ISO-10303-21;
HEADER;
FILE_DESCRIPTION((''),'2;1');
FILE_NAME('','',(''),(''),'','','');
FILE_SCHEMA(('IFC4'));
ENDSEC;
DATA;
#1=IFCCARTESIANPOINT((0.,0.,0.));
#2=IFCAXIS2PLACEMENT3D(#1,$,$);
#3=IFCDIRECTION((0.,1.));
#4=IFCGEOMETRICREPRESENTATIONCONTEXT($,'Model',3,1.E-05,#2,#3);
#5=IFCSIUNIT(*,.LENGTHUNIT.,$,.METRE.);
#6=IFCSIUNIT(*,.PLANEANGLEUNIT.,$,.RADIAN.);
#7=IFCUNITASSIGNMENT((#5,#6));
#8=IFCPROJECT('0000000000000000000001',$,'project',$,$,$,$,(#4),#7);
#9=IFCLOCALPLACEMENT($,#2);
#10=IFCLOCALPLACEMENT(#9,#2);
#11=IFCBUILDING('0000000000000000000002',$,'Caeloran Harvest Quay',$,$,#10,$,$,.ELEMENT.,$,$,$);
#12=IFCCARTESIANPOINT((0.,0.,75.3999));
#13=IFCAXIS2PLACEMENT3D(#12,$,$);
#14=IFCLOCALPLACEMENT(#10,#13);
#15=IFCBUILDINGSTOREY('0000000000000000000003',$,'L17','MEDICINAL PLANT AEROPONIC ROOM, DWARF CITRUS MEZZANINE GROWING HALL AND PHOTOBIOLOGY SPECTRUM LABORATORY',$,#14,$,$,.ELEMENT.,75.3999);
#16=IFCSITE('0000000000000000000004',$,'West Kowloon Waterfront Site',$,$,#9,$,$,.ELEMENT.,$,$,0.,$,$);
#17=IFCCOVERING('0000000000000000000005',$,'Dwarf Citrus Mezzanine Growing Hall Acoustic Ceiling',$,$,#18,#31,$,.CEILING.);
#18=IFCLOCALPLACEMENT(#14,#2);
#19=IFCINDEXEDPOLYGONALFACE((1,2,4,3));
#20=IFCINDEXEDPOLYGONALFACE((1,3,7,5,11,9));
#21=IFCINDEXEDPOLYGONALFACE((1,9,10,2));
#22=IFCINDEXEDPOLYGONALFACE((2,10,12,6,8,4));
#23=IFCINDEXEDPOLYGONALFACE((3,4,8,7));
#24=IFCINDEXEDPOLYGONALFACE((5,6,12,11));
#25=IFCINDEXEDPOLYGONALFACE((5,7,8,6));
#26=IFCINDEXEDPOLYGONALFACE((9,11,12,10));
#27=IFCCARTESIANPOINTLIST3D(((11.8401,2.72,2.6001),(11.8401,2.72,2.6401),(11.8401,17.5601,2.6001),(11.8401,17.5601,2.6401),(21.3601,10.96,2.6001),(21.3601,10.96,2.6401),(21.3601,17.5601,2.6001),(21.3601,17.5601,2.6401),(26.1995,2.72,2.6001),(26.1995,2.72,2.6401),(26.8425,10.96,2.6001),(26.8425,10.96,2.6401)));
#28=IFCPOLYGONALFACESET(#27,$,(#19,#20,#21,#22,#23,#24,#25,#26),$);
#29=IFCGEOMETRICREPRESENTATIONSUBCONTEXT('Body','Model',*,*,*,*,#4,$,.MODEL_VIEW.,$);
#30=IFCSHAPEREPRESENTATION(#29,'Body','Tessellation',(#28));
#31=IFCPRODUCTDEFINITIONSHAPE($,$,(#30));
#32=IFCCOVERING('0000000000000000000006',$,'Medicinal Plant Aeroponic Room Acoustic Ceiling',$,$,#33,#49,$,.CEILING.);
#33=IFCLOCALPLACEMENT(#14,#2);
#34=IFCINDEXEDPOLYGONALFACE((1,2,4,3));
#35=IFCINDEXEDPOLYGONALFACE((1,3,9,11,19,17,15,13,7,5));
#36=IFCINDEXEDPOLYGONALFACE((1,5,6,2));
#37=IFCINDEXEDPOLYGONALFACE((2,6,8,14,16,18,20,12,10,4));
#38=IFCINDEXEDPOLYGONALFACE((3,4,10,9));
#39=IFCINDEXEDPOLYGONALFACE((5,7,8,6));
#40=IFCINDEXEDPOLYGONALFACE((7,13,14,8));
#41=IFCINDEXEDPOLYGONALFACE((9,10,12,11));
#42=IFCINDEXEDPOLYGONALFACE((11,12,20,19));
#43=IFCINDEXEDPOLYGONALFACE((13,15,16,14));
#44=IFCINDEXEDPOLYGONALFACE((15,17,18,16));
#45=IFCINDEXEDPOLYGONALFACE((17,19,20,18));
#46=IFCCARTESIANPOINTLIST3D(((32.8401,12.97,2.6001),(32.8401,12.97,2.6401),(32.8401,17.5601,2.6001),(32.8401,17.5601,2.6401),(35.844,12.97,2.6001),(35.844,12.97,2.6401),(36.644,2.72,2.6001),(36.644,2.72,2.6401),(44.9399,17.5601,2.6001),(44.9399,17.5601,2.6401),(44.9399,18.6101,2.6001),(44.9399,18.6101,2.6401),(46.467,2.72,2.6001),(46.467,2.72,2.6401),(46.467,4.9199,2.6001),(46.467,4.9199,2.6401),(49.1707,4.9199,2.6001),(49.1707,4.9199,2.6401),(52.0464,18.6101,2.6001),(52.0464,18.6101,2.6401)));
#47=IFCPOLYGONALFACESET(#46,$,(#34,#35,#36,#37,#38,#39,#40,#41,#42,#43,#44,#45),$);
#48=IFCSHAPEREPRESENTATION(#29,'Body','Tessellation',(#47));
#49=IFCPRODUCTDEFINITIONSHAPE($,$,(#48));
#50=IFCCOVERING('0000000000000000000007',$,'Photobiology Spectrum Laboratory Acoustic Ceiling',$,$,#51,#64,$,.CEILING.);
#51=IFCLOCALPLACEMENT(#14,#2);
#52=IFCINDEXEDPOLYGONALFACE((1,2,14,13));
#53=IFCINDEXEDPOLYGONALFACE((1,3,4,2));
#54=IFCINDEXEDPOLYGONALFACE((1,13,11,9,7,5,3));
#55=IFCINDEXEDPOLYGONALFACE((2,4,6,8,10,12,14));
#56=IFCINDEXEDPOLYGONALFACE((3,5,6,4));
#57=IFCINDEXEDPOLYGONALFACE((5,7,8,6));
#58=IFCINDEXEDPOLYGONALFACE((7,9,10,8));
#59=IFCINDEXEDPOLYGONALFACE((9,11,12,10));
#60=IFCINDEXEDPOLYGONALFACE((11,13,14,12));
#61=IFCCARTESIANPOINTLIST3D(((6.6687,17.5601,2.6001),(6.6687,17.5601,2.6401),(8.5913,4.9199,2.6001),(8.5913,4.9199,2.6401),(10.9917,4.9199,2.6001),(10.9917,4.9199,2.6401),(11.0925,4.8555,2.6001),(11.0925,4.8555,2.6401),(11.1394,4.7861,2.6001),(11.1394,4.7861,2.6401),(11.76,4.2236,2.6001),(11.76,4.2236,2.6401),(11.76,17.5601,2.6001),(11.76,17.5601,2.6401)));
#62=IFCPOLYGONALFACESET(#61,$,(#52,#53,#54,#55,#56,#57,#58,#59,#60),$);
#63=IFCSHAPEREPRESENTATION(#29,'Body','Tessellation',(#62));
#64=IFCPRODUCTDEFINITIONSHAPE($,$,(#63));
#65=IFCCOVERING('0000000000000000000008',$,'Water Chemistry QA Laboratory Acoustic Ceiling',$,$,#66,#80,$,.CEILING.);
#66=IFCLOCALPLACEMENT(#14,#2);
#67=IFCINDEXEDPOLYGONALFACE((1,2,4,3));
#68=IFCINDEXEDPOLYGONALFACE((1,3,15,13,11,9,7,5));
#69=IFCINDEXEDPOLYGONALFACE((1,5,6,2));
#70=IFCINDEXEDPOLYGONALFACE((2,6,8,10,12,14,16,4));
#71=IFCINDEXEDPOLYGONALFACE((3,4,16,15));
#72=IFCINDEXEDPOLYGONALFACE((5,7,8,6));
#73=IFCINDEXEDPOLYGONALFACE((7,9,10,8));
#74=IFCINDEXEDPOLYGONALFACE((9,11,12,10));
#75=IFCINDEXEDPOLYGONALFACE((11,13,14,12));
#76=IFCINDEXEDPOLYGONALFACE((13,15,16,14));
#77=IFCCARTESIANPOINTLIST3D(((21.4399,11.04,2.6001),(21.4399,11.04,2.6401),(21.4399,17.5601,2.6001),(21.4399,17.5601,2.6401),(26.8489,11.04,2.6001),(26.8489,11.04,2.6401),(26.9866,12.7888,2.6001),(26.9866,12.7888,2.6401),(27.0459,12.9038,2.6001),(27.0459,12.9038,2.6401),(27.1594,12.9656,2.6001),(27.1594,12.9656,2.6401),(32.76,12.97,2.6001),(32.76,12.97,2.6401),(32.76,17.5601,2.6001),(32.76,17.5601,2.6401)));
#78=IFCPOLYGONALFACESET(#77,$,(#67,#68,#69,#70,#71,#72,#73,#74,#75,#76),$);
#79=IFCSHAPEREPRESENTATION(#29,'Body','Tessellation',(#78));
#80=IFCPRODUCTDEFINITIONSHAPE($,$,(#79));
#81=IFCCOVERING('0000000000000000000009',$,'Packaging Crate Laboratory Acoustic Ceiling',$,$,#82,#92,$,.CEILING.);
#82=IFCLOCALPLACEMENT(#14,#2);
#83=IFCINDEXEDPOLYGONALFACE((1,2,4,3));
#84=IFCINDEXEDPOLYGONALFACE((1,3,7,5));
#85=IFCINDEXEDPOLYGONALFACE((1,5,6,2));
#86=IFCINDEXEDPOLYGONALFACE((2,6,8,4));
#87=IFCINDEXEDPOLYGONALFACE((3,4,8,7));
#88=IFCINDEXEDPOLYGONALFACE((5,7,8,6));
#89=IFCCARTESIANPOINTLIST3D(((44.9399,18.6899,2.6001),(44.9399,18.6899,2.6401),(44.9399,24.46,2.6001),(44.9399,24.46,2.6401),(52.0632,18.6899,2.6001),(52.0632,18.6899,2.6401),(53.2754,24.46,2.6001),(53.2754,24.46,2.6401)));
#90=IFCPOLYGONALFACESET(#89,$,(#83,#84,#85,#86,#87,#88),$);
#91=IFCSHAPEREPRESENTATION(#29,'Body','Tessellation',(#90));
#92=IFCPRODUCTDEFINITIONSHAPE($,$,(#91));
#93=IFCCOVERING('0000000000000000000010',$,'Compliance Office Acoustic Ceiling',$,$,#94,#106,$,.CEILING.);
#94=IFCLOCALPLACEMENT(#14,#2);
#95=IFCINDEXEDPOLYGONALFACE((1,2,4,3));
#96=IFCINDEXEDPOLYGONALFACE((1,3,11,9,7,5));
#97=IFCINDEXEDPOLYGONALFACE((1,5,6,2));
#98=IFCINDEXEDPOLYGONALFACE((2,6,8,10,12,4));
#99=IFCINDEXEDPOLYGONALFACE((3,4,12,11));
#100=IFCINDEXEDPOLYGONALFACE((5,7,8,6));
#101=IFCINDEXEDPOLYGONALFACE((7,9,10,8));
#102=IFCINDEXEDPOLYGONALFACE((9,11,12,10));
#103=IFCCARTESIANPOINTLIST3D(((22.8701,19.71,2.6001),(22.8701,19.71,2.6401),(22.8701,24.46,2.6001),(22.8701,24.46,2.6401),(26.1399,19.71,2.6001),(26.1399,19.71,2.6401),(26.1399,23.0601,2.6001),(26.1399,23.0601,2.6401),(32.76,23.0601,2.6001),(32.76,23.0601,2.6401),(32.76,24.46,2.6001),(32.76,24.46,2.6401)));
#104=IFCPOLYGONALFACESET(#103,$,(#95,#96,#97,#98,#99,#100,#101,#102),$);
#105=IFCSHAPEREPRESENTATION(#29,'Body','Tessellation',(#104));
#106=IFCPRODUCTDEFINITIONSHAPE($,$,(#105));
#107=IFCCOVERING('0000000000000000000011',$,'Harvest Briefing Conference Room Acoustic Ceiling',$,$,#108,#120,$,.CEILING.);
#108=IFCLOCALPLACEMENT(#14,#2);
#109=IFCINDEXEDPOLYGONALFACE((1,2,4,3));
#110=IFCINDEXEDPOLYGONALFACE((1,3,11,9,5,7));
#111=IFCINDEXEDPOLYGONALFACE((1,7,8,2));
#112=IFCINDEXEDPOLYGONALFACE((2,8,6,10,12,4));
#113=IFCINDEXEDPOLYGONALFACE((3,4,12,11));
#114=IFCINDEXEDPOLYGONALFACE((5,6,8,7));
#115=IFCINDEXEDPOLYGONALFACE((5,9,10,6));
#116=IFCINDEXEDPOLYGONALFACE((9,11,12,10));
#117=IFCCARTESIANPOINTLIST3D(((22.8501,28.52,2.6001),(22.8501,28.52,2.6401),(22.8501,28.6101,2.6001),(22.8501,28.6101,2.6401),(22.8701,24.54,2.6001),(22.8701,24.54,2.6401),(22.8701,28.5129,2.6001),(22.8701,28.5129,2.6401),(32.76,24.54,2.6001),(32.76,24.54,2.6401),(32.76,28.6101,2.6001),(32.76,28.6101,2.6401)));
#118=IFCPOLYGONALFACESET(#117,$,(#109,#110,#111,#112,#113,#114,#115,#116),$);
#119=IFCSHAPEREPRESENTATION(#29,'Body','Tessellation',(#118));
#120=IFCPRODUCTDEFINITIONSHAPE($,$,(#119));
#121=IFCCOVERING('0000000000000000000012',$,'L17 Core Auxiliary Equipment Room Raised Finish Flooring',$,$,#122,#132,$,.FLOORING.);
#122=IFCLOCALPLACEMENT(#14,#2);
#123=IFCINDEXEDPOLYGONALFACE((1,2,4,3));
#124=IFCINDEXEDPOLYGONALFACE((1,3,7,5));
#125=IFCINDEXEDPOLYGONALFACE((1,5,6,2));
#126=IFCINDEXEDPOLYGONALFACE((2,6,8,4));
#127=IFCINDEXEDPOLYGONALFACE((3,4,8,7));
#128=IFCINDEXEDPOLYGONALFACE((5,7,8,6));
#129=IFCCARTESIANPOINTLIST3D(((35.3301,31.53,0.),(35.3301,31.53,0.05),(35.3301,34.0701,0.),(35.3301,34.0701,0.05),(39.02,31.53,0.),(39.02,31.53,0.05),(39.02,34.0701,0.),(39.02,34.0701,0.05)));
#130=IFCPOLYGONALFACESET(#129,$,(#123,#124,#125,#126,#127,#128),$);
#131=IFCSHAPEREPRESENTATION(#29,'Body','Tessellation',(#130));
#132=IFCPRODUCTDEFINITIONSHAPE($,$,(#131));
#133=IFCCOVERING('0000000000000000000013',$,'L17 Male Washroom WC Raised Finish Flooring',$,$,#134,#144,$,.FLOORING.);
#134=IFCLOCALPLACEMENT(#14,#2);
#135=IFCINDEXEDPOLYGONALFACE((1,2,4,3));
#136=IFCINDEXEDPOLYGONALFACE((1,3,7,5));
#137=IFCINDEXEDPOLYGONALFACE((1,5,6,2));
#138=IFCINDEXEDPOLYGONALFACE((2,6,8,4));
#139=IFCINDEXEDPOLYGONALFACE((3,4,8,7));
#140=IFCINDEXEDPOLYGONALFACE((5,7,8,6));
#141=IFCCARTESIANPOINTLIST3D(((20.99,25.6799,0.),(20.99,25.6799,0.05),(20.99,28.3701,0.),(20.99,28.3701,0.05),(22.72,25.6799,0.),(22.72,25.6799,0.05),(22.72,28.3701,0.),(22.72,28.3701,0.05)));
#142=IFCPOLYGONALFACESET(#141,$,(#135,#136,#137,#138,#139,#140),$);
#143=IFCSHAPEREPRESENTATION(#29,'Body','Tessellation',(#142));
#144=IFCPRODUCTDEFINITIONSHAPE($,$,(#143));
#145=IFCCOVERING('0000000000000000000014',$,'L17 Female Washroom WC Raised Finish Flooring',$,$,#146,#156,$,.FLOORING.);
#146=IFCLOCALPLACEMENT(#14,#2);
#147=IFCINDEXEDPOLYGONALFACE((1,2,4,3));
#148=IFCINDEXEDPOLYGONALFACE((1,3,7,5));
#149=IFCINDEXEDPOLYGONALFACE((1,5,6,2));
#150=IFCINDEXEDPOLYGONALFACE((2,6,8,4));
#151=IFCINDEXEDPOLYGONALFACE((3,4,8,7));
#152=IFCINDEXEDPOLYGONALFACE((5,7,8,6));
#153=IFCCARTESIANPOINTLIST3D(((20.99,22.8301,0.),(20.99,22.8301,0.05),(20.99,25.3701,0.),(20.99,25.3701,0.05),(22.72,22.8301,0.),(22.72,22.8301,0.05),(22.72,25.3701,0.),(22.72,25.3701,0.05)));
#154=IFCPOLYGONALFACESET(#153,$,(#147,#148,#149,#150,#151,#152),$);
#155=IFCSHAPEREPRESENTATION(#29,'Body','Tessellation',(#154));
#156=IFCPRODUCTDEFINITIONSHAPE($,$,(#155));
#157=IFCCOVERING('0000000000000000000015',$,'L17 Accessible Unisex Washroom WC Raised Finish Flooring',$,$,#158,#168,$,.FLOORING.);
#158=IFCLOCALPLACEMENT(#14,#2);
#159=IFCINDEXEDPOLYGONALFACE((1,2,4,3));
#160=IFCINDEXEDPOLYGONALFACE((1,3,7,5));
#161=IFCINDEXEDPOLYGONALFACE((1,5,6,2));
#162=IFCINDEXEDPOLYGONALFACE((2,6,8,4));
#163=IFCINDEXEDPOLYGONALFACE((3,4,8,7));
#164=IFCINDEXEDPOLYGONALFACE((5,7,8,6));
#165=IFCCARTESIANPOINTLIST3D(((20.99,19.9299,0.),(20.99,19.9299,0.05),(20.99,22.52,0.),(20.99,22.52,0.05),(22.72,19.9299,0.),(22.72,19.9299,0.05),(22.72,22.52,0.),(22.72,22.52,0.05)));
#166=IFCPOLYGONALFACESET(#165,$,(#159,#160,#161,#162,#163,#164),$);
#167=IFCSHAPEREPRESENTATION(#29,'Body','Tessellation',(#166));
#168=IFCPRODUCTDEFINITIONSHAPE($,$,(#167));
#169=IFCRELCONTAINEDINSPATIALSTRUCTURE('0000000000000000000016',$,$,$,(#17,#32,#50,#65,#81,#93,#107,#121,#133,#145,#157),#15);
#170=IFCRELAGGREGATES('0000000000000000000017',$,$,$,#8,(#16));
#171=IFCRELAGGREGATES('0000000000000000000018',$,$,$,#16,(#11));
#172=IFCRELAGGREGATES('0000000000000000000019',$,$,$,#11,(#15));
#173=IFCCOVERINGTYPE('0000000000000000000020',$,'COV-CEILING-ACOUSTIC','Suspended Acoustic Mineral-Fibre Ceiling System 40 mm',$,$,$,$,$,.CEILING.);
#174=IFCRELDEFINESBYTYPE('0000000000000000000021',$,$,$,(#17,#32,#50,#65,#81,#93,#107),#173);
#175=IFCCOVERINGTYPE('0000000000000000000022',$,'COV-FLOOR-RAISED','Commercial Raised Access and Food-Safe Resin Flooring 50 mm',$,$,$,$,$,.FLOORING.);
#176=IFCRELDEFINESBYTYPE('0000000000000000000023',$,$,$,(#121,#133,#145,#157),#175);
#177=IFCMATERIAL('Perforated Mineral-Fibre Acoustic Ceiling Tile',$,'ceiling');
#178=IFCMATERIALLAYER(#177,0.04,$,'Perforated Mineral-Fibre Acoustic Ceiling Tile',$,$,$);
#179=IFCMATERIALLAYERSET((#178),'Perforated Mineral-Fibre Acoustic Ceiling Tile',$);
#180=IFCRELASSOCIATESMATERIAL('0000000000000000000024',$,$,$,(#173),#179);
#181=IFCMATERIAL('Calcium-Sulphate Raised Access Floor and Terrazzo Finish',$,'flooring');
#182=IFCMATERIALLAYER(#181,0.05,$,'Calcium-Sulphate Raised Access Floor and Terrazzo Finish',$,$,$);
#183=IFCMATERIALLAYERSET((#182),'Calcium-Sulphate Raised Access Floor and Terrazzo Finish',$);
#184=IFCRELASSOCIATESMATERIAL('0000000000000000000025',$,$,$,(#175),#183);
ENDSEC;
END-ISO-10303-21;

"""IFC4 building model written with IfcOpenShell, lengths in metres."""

from ifc_helpers import new_model, si_unit, direction, frame, origin, place, context, subcontext, project, spatial, polyline, outline, extrude, material, layer, layer_set, type_object, element, save


model = new_model("IFC4")

# Units and contexts
model_context = context("Model", 3, precision=1e-05, world=origin(), true_north=direction((0.0, 1.0)))
body_context = subcontext(model_context, "Body", "Model", "MODEL_VIEW")
ifc_project = project(units=[si_unit("LENGTHUNIT", "METRE"), si_unit("PLANEANGLEUNIT", "RADIAN")], contexts=[model_context])

# Site, building, storey
site_placement = place(None, origin())
site = spatial("IfcSite", under=ifc_project, at=site_placement, Name="West Kowloon Waterfront Site", CompositionType="ELEMENT", RefElevation=0.0)
building_placement = place(site_placement, origin())
building = spatial("IfcBuilding", under=site, at=building_placement, Name="Caeloran Harvest Quay", CompositionType="ELEMENT")
storey_placement = place(building_placement, frame((0.0, 0.0, 75.3999)))
storey = spatial("IfcBuildingStorey", under=building, at=storey_placement, Name="L17", Description="MEDICINAL PLANT AEROPONIC ROOM, DWARF CITRUS MEZZANINE GROWING HALL AND PHOTOBIOLOGY SPECTRUM LABORATORY", CompositionType="ELEMENT", Elevation=75.3999)

# Coverings
ifc_material_1 = material(Name="Perforated Mineral-Fibre Acoustic Ceiling Tile", Category="ceiling")
ifc_layer_1 = layer(ifc_material_1, 0.04, Name="Perforated Mineral-Fibre Acoustic Ceiling Tile")
ifc_layer_set_1 = layer_set([ifc_layer_1], Name="Perforated Mineral-Fibre Acoustic Ceiling Tile")
covering_type_1 = type_object("IfcCoveringType", Name="COV-CEILING-ACOUSTIC", Description="Suspended Acoustic Mineral-Fibre Ceiling System 40 mm", PredefinedType="CEILING", material=ifc_layer_set_1)
covering_1_placement = place(storey_placement, frame((0.0, 0.0, 2.6001)))
element("IfcCovering", 1, at=covering_1_placement, inside=storey, type_object=covering_type_1, Name="Dwarf Citrus Mezzanine Growing Hall Acoustic Ceiling", PredefinedType="CEILING", context=body_context, shape_type="SweptSolid", body=[
    extrude(outline(polyline([(21.3601, 10.96), (26.8425, 10.96), (26.1995, 2.72), (11.8401, 2.72), (11.8401, 17.5601), (21.3601, 17.5601), (21.3601, 10.96)])), origin(), (0.0, 0.0, 1.0), 0.04),
])
covering_2_placement = place(storey_placement, frame((0.0, 0.0, 2.6001)))
element("IfcCovering", 2, at=covering_2_placement, inside=storey, type_object=covering_type_1, Name="Medicinal Plant Aeroponic Room Acoustic Ceiling", PredefinedType="CEILING", context=body_context, shape_type="SweptSolid", body=[
    extrude(outline(polyline([(32.8401, 17.5601), (44.9399, 17.5601), (44.9399, 18.6101), (52.0464, 18.6101), (49.1707, 4.9199), (46.467, 4.9199), (46.467, 2.72), (36.644, 2.72), (35.844, 12.97), (32.8401, 12.97), (32.8401, 17.5601)])), origin(), (0.0, 0.0, 1.0), 0.04),
])
covering_3_placement = place(storey_placement, frame((0.0, 0.0, 2.6001)))
element("IfcCovering", 3, at=covering_3_placement, inside=storey, type_object=covering_type_1, Name="Photobiology Spectrum Laboratory Acoustic Ceiling", PredefinedType="CEILING", context=body_context, shape_type="SweptSolid", body=[
    extrude(outline(polyline([(11.76, 4.2236), (11.1394, 4.7861), (11.0925, 4.8555), (10.9917, 4.9199), (8.5913, 4.9199), (6.6687, 17.5601), (11.76, 17.5601), (11.76, 4.2236)])), origin(), (0.0, 0.0, 1.0), 0.04),
])
covering_4_placement = place(storey_placement, frame((0.0, 0.0, 2.6001)))
element("IfcCovering", 4, at=covering_4_placement, inside=storey, type_object=covering_type_1, Name="Water Chemistry QA Laboratory Acoustic Ceiling", PredefinedType="CEILING", context=body_context, shape_type="SweptSolid", body=[
    extrude(outline(polyline([(27.1594, 12.9656), (27.0459, 12.9038), (26.9866, 12.7888), (26.8489, 11.04), (21.4399, 11.04), (21.4399, 17.5601), (32.76, 17.5601), (32.76, 12.97), (27.1594, 12.9656)])), origin(), (0.0, 0.0, 1.0), 0.04),
])
covering_5_placement = place(storey_placement, frame((0.0, 0.0, 2.6001)))
element("IfcCovering", 5, at=covering_5_placement, inside=storey, type_object=covering_type_1, Name="Packaging Crate Laboratory Acoustic Ceiling", PredefinedType="CEILING", context=body_context, shape_type="SweptSolid", body=[
    extrude(outline(polyline([(44.9399, 24.46), (53.2754, 24.46), (52.0632, 18.6899), (44.9399, 18.6899), (44.9399, 24.46)])), origin(), (0.0, 0.0, 1.0), 0.04),
])
covering_6_placement = place(storey_placement, frame((0.0, 0.0, 2.6001)))
element("IfcCovering", 6, at=covering_6_placement, inside=storey, type_object=covering_type_1, Name="Compliance Office Acoustic Ceiling", PredefinedType="CEILING", context=body_context, shape_type="SweptSolid", body=[
    extrude(outline(polyline([(26.1399, 23.0601), (26.1399, 19.71), (22.8701, 19.71), (22.8701, 24.46), (32.76, 24.46), (32.76, 23.0601), (26.1399, 23.0601)])), origin(), (0.0, 0.0, 1.0), 0.04),
])
covering_7_placement = place(storey_placement, frame((0.0, 0.0, 2.6001)))
element("IfcCovering", 7, at=covering_7_placement, inside=storey, type_object=covering_type_1, Name="Harvest Briefing Conference Room Acoustic Ceiling", PredefinedType="CEILING", context=body_context, shape_type="SweptSolid", body=[
    extrude(outline(polyline([(22.8701, 28.5129), (22.8501, 28.52), (22.8501, 28.6101), (32.76, 28.6101), (32.76, 24.54), (22.8701, 24.54), (22.8701, 28.5129)])), origin(), (0.0, 0.0, 1.0), 0.04),
])
ifc_material_2 = material(Name="Calcium-Sulphate Raised Access Floor and Terrazzo Finish", Category="flooring")
ifc_layer_2 = layer(ifc_material_2, 0.05, Name="Calcium-Sulphate Raised Access Floor and Terrazzo Finish")
ifc_layer_set_2 = layer_set([ifc_layer_2], Name="Calcium-Sulphate Raised Access Floor and Terrazzo Finish")
covering_type_2 = type_object("IfcCoveringType", Name="COV-FLOOR-RAISED", Description="Commercial Raised Access and Food-Safe Resin Flooring 50 mm", PredefinedType="FLOORING", material=ifc_layer_set_2)
covering_8_placement = place(storey_placement, origin())
element("IfcCovering", 8, at=covering_8_placement, inside=storey, type_object=covering_type_2, Name="L17 Core Auxiliary Equipment Room Raised Finish Flooring", PredefinedType="FLOORING", context=body_context, shape_type="SweptSolid", body=[
    extrude(outline(polyline([(39.02, 34.0701), (39.02, 31.53), (35.3301, 31.53), (35.3301, 34.0701), (39.02, 34.0701)])), origin(), (0.0, 0.0, 1.0), 0.05),
])
covering_9_placement = place(storey_placement, origin())
element("IfcCovering", 9, at=covering_9_placement, inside=storey, type_object=covering_type_2, Name="L17 Male Washroom WC Raised Finish Flooring", PredefinedType="FLOORING", context=body_context, shape_type="SweptSolid", body=[
    extrude(outline(polyline([(22.72, 25.6799), (20.99, 25.6799), (20.99, 28.3701), (22.72, 28.3701), (22.72, 25.6799)])), origin(), (0.0, 0.0, 1.0), 0.05),
])
covering_10_placement = place(storey_placement, origin())
element("IfcCovering", 10, at=covering_10_placement, inside=storey, type_object=covering_type_2, Name="L17 Female Washroom WC Raised Finish Flooring", PredefinedType="FLOORING", context=body_context, shape_type="SweptSolid", body=[
    extrude(outline(polyline([(22.72, 22.8301), (20.99, 22.8301), (20.99, 25.3701), (22.72, 25.3701), (22.72, 22.8301)])), origin(), (0.0, 0.0, 1.0), 0.05),
])
covering_11_placement = place(storey_placement, origin())
element("IfcCovering", 11, at=covering_11_placement, inside=storey, type_object=covering_type_2, Name="L17 Accessible Unisex Washroom WC Raised Finish Flooring", PredefinedType="FLOORING", context=body_context, shape_type="SweptSolid", body=[
    extrude(outline(polyline([(22.72, 19.9299), (20.99, 19.9299), (20.99, 22.52), (22.72, 22.52), (22.72, 19.9299)])), origin(), (0.0, 0.0, 1.0), 0.05),
])

save(model, "model.ifc")
